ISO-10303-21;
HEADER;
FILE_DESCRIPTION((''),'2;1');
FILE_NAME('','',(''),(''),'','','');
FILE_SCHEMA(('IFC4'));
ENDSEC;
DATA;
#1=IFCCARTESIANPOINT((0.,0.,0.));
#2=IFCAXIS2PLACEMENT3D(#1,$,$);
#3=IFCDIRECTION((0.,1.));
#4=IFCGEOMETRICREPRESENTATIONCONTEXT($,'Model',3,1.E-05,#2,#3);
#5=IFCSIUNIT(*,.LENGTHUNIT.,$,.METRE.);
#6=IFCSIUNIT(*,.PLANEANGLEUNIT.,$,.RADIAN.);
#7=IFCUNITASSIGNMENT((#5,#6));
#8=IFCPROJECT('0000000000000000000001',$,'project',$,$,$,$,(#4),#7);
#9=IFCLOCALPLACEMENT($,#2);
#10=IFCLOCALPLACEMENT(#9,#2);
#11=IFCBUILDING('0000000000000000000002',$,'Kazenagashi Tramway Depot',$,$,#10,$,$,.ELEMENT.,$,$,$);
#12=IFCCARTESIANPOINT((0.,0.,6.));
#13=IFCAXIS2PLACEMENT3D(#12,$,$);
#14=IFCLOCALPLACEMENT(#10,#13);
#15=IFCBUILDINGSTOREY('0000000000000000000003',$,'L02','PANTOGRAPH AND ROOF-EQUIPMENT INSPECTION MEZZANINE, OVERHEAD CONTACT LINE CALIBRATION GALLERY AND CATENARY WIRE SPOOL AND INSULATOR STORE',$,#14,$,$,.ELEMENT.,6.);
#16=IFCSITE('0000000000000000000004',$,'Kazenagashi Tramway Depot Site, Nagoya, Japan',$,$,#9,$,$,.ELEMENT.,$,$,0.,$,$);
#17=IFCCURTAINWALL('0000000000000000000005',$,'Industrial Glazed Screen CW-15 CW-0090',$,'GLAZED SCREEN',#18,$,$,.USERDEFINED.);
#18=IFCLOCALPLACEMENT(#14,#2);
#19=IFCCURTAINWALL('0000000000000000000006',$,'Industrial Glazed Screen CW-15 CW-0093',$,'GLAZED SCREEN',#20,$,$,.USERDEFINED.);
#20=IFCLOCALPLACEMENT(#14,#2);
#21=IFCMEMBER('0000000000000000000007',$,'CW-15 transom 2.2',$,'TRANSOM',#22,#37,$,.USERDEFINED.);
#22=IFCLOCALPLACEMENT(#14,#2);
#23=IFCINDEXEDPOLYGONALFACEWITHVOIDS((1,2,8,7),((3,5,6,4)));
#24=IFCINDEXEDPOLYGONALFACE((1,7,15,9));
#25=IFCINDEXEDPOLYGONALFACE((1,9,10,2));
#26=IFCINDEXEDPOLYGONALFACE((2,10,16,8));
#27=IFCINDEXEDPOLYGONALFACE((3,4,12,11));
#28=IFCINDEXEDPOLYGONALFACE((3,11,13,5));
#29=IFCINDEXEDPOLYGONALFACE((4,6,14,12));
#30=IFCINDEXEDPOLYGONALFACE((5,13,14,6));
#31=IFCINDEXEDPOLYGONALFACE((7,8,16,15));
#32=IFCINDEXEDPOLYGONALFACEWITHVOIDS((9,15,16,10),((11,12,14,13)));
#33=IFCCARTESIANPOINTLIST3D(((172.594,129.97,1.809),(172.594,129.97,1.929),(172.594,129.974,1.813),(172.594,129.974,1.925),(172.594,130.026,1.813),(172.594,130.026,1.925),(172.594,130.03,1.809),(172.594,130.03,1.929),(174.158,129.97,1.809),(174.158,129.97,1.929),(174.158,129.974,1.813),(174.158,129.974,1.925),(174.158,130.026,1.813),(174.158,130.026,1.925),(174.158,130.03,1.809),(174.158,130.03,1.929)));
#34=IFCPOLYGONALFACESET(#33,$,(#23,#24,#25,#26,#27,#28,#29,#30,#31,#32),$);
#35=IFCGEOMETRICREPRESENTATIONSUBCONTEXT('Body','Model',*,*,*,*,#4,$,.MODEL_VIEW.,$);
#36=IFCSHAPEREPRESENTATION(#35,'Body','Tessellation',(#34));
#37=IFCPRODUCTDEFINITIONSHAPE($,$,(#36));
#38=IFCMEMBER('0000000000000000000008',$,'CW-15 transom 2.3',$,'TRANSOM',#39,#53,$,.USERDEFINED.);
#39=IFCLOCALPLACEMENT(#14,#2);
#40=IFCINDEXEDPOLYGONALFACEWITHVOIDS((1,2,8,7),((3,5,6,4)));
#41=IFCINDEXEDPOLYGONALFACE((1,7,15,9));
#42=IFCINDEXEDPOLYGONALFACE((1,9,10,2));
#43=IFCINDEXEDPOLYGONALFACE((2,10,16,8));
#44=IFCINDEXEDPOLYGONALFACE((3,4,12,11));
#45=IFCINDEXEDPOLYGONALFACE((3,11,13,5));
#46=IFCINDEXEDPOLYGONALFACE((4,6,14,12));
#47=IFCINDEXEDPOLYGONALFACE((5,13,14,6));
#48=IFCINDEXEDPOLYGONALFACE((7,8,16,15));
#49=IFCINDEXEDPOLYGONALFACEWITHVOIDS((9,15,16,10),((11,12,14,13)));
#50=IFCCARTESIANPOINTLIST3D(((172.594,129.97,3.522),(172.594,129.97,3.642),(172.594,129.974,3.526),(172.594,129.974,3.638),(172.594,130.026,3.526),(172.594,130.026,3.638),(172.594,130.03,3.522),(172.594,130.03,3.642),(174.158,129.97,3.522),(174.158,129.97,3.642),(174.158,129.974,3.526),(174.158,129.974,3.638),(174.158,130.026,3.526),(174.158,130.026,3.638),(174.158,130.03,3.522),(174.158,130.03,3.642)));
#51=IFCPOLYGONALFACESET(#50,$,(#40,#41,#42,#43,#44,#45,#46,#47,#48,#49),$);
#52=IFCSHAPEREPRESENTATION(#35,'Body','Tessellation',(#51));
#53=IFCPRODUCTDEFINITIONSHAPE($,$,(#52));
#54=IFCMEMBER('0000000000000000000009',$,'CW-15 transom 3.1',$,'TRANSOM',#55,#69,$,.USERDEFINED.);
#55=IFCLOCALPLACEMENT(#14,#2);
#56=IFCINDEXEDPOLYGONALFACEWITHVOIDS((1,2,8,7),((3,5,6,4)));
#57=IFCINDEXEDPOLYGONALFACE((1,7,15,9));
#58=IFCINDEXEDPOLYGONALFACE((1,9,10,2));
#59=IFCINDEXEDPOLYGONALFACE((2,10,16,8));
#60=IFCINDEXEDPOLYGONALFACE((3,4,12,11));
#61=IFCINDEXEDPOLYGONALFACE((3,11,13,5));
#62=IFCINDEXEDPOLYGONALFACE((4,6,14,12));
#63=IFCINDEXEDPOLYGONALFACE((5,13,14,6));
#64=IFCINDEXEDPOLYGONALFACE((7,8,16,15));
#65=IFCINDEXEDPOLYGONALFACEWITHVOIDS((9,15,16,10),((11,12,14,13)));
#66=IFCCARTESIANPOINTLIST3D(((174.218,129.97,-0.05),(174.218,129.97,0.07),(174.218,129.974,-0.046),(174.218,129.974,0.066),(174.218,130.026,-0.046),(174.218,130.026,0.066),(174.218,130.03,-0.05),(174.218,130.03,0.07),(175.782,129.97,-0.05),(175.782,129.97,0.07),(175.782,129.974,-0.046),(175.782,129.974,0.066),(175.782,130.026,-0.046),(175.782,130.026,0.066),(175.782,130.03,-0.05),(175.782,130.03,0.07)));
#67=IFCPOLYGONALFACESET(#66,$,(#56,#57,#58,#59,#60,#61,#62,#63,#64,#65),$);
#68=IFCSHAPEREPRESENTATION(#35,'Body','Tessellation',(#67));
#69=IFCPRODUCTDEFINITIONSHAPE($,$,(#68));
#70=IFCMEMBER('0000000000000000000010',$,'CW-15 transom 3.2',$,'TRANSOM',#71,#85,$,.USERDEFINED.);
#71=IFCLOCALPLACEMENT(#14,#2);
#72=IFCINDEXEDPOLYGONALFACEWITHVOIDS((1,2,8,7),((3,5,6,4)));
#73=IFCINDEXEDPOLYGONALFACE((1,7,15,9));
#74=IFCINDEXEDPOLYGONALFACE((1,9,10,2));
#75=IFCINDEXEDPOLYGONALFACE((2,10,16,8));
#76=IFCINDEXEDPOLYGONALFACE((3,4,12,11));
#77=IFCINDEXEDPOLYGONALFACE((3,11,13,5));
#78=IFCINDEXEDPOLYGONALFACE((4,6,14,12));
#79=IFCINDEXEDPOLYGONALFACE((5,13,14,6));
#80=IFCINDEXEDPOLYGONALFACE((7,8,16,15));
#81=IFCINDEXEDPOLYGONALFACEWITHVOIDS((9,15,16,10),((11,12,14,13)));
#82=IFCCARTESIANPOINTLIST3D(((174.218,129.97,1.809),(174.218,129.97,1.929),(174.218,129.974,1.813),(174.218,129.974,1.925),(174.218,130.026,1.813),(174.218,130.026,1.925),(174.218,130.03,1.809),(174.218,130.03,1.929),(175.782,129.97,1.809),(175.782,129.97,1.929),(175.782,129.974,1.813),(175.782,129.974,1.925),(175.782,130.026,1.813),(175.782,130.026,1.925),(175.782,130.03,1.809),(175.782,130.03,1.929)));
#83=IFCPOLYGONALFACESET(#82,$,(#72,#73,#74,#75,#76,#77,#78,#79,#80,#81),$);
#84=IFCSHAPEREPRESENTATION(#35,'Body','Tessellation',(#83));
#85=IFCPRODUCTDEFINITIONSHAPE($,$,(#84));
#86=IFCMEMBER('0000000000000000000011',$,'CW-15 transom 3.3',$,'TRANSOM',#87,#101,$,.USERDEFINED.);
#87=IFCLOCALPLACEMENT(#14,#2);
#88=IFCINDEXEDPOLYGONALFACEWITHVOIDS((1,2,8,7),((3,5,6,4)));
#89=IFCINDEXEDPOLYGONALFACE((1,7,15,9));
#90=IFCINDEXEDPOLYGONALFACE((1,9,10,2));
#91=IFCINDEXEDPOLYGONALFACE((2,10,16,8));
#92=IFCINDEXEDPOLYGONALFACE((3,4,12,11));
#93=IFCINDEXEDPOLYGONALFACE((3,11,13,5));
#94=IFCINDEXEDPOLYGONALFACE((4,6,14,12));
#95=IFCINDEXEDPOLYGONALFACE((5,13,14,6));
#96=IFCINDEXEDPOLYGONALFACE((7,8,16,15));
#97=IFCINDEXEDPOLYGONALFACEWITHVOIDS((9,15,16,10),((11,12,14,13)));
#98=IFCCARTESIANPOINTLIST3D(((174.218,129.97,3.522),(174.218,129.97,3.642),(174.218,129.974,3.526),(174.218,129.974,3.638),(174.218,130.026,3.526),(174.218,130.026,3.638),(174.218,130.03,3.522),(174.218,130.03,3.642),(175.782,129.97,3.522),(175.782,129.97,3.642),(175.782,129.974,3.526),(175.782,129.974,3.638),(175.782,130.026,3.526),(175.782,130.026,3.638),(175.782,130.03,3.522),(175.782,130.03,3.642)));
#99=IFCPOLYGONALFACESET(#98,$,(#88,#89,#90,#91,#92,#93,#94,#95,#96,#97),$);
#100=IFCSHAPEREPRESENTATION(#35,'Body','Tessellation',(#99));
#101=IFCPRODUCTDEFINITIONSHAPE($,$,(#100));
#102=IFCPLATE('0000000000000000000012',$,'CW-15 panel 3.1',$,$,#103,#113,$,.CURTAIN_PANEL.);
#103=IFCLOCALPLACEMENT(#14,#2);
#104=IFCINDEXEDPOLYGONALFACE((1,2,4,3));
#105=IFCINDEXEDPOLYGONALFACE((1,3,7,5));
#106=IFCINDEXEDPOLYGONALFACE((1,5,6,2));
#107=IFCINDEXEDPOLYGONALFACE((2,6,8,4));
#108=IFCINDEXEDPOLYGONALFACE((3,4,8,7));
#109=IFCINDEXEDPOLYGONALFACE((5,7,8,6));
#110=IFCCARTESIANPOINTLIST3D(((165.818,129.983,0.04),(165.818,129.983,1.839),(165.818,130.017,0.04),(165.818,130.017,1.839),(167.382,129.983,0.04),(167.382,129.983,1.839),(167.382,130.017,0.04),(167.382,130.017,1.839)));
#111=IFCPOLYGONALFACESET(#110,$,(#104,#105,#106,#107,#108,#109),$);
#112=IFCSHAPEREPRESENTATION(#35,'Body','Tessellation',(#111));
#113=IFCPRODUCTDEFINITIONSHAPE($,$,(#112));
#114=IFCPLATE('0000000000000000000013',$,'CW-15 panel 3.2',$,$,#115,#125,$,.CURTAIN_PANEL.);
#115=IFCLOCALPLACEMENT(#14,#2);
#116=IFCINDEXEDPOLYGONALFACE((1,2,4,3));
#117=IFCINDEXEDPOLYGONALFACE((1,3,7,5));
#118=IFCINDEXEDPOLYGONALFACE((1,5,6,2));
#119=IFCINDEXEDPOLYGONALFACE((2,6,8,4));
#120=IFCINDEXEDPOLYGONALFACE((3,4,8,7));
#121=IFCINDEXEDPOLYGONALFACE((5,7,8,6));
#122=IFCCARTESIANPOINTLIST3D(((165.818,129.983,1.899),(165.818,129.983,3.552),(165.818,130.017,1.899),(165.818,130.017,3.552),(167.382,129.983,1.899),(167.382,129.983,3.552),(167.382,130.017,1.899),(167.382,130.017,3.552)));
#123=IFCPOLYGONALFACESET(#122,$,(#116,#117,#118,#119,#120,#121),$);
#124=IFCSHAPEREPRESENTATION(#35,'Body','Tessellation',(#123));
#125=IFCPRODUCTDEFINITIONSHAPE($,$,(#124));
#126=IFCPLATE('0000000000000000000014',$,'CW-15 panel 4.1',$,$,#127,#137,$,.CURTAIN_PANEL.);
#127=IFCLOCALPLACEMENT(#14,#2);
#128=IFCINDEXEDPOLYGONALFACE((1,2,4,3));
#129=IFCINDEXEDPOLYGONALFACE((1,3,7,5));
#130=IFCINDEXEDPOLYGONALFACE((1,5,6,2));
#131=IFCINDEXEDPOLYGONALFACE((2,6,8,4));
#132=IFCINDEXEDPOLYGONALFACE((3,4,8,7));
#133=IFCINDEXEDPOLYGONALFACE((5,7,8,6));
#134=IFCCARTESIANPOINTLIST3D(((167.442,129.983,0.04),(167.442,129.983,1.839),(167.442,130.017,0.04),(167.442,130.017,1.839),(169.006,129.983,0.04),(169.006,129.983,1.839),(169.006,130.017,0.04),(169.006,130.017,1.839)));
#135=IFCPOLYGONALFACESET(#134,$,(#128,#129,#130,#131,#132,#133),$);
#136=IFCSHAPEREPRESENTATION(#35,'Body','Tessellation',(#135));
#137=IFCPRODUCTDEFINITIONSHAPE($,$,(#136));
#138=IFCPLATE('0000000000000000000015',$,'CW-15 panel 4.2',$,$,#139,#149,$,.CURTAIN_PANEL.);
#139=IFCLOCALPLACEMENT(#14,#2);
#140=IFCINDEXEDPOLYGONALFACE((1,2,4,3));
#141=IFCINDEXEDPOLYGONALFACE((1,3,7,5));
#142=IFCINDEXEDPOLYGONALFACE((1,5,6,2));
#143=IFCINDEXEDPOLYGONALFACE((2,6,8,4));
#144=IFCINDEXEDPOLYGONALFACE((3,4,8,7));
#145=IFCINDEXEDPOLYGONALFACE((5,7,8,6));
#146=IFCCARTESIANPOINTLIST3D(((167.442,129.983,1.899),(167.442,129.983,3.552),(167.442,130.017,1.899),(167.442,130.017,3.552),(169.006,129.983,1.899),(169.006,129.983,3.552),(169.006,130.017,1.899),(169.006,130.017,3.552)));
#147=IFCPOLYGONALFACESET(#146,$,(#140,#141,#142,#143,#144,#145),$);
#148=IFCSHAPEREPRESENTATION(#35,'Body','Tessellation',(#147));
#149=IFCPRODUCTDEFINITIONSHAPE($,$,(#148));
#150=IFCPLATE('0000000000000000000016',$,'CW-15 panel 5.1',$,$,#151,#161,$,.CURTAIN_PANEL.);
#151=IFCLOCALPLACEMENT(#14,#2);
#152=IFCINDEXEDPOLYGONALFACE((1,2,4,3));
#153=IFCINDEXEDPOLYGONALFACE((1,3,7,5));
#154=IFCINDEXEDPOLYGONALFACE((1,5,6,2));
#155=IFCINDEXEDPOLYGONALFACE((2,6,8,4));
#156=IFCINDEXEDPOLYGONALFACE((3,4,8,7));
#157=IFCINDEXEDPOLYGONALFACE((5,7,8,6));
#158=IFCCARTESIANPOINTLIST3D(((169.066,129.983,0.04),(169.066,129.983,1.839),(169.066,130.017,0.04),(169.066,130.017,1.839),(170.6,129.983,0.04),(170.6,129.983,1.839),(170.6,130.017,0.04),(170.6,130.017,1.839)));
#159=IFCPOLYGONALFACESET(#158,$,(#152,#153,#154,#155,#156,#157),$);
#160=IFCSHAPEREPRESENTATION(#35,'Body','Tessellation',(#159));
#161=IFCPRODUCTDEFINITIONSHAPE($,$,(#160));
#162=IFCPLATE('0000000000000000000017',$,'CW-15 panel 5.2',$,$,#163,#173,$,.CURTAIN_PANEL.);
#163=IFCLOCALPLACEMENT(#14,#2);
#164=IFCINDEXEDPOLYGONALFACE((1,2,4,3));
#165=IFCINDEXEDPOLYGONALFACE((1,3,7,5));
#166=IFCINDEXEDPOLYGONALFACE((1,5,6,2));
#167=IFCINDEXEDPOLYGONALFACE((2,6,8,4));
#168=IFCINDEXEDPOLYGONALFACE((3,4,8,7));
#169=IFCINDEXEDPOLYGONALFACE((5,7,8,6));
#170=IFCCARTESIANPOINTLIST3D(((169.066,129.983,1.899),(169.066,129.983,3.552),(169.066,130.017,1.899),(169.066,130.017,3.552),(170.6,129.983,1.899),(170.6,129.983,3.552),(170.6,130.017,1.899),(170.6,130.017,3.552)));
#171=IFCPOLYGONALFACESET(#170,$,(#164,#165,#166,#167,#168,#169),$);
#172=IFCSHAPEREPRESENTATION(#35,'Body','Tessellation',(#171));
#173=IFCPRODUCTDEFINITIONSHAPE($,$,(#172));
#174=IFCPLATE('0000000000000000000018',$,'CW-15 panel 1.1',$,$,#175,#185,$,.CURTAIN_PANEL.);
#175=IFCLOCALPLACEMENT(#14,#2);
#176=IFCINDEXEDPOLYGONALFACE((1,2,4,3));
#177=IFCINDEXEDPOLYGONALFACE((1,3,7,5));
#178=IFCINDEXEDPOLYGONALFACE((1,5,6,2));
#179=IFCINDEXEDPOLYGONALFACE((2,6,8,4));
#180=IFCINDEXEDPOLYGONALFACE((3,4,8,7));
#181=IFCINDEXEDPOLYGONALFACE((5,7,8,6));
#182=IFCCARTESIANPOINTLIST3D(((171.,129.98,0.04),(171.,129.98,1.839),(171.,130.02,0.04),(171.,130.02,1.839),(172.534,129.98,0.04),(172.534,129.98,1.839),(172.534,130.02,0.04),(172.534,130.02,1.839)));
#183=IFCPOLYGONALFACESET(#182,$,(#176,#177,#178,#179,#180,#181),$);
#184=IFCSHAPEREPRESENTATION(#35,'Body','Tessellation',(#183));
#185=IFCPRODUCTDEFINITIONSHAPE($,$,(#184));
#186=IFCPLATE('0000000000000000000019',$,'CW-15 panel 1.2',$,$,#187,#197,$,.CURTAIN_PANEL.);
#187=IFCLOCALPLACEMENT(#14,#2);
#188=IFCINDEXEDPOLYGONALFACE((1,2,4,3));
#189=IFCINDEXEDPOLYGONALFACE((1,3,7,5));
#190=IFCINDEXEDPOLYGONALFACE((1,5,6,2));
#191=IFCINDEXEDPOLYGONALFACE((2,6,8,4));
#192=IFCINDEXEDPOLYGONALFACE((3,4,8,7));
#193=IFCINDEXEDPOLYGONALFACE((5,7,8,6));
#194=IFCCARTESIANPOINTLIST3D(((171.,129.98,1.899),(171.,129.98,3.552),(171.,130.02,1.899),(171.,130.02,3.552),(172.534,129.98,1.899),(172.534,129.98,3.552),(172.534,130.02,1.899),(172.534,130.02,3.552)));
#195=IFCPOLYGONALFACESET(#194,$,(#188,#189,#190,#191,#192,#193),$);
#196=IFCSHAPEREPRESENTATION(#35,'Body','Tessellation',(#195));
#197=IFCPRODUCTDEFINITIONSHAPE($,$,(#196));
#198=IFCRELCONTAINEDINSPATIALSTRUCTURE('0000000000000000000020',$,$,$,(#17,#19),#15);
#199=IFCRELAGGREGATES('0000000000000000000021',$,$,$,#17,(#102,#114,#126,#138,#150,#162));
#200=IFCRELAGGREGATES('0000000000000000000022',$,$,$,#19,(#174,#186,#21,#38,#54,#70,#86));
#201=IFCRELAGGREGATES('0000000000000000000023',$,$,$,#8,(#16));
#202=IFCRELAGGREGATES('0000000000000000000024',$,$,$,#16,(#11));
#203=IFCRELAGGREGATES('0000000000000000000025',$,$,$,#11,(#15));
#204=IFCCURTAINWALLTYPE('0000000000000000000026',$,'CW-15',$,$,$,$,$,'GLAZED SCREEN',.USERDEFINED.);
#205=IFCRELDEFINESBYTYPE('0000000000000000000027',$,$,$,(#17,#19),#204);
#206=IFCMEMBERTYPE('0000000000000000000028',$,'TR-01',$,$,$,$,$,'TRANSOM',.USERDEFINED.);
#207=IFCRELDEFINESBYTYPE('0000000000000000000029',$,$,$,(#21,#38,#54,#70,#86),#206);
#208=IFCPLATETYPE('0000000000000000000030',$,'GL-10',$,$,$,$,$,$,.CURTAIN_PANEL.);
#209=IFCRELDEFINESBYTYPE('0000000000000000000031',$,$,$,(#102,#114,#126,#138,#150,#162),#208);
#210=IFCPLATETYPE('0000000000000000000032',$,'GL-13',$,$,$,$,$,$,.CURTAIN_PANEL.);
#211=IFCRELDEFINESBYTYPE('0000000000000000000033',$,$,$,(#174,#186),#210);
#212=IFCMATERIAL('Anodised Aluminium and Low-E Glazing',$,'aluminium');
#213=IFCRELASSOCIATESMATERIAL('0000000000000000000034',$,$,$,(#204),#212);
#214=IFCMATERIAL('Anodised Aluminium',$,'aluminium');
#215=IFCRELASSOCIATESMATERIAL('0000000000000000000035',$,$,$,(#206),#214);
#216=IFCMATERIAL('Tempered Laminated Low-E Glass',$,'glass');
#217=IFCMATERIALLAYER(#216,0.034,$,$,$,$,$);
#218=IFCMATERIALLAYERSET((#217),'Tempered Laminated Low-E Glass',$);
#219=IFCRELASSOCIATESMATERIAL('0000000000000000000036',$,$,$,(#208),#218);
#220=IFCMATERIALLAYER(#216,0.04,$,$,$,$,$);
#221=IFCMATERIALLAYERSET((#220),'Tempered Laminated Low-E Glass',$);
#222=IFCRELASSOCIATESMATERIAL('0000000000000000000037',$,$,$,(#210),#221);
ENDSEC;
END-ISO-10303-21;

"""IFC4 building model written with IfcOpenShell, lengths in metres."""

from ifc_helpers import new_model, si_unit, direction, frame, origin, origin_2d, place, context, subcontext, project, spatial, rectangle, hollow_rectangle, extrude, material, layer, layer_set, material_profile, profile_set, type_object, element, aggregate, save


model = new_model("IFC4")

# Units and contexts
model_context = context("Model", 3, precision=1e-05, world=origin(), true_north=direction((0.0, 1.0)))
body_context = subcontext(model_context, "Body", "Model", "MODEL_VIEW")
ifc_project = project(units=[si_unit("LENGTHUNIT", "METRE"), si_unit("PLANEANGLEUNIT", "RADIAN")], contexts=[model_context])

# Site, building, storey
site_placement = place(None, origin())
site = spatial("IfcSite", under=ifc_project, at=site_placement, Name="Kazenagashi Tramway Depot Site, Nagoya, Japan", CompositionType="ELEMENT", RefElevation=0.0)
building_placement = place(site_placement, origin())
building = spatial("IfcBuilding", under=site, at=building_placement, Name="Kazenagashi Tramway Depot", CompositionType="ELEMENT")
storey_placement = place(building_placement, frame((0.0, 0.0, 6.0)))
storey = spatial("IfcBuildingStorey", under=building, at=storey_placement, Name="L02", Description="PANTOGRAPH AND ROOF-EQUIPMENT INSPECTION MEZZANINE, OVERHEAD CONTACT LINE CALIBRATION GALLERY AND CATENARY WIRE SPOOL AND INSULATOR STORE", CompositionType="ELEMENT", Elevation=6.0)

# Curtain walls
ifc_material_1 = material(Name="Anodised Aluminium and Low-E Glazing", Category="aluminium")
curtain_wall_type = type_object("IfcCurtainWallType", Name="CW-15", ElementType="GLAZED SCREEN", PredefinedType="USERDEFINED", material=ifc_material_1)
curtain_wall_1_placement = place(storey_placement, origin())
curtain_wall_1 = element("IfcCurtainWall", 1, at=curtain_wall_1_placement, inside=storey, type_object=curtain_wall_type, Name="Industrial Glazed Screen CW-15 CW-0090", ObjectType="GLAZED SCREEN", PredefinedType="USERDEFINED")
ifc_material_2 = material(Name="Anodised Aluminium", Category="aluminium")
curtain_wall_2_placement = place(storey_placement, origin())
curtain_wall_2 = element("IfcCurtainWall", 2, at=curtain_wall_2_placement, inside=storey, type_object=curtain_wall_type, Name="Industrial Glazed Screen CW-15 CW-0093", ObjectType="GLAZED SCREEN", PredefinedType="USERDEFINED")

# Members
ifc_material_profile_1 = material_profile(ifc_material_2, hollow_rectangle(XDim=0.06, YDim=0.12, WallThickness=0.004, at=origin_2d()), Name="RHS-120x60x4")
ifc_profile_set_1 = profile_set([ifc_material_profile_1], Name="Anodised Aluminium")
member_type_1 = type_object("IfcMemberType", Name="TR-01", ElementType="TRANSOM", PredefinedType="USERDEFINED", material=ifc_profile_set_1)
member_1_placement = place(storey_placement, frame((172.594, 130.0, 1.869), z_axis=(1.0, 0.0, 0.0), x_axis=(0.0, 1.0, 0.0)))
member_1 = element("IfcMember", 3, at=member_1_placement, type_object=member_type_1, Name="CW-15 transom 2.2", ObjectType="TRANSOM", PredefinedType="USERDEFINED", context=body_context, shape_type="SweptSolid", body=[
    extrude(hollow_rectangle(XDim=0.06, YDim=0.12, WallThickness=0.004, at=origin_2d()), origin(), (0.0, 0.0, 1.0), 1.564),
])
member_2_placement = place(storey_placement, frame((172.594, 130.0, 3.582), z_axis=(1.0, 0.0, 0.0), x_axis=(0.0, 1.0, 0.0)))
member_2 = element("IfcMember", 4, at=member_2_placement, type_object=member_type_1, Name="CW-15 transom 2.3", ObjectType="TRANSOM", PredefinedType="USERDEFINED", context=body_context, shape_type="SweptSolid", body=[
    extrude(hollow_rectangle(XDim=0.06, YDim=0.12, WallThickness=0.004, at=origin_2d()), origin(), (0.0, 0.0, 1.0), 1.564),
])
member_3_placement = place(storey_placement, frame((174.218, 130.0, 0.01), z_axis=(1.0, 0.0, 0.0), x_axis=(0.0, 1.0, 0.0)))
member_3 = element("IfcMember", 5, at=member_3_placement, type_object=member_type_1, Name="CW-15 transom 3.1", ObjectType="TRANSOM", PredefinedType="USERDEFINED", context=body_context, shape_type="SweptSolid", body=[
    extrude(hollow_rectangle(XDim=0.06, YDim=0.12, WallThickness=0.004, at=origin_2d()), origin(), (0.0, 0.0, 1.0), 1.564),
])
member_4_placement = place(storey_placement, frame((174.218, 130.0, 1.869), z_axis=(1.0, 0.0, 0.0), x_axis=(0.0, 1.0, 0.0)))
member_4 = element("IfcMember", 6, at=member_4_placement, type_object=member_type_1, Name="CW-15 transom 3.2", ObjectType="TRANSOM", PredefinedType="USERDEFINED", context=body_context, shape_type="SweptSolid", body=[
    extrude(hollow_rectangle(XDim=0.06, YDim=0.12, WallThickness=0.004, at=origin_2d()), origin(), (0.0, 0.0, 1.0), 1.564),
])
member_5_placement = place(storey_placement, frame((174.218, 130.0, 3.582), z_axis=(1.0, 0.0, 0.0), x_axis=(0.0, 1.0, 0.0)))
member_5 = element("IfcMember", 7, at=member_5_placement, type_object=member_type_1, Name="CW-15 transom 3.3", ObjectType="TRANSOM", PredefinedType="USERDEFINED", context=body_context, shape_type="SweptSolid", body=[
    extrude(hollow_rectangle(XDim=0.06, YDim=0.12, WallThickness=0.004, at=origin_2d()), origin(), (0.0, 0.0, 1.0), 1.564),
])

# Plates
ifc_material_3 = material(Name="Tempered Laminated Low-E Glass", Category="glass")
ifc_layer_1 = layer(ifc_material_3, 0.034)
ifc_layer_set_1 = layer_set([ifc_layer_1], Name="Tempered Laminated Low-E Glass")
plate_type_1 = type_object("IfcPlateType", Name="GL-10", PredefinedType="CURTAIN_PANEL", material=ifc_layer_set_1)
plate_1_placement = place(storey_placement, frame((166.6, 130.0, 0.04), z_axis=(0.0, 0.0, 1.0), x_axis=(1.0, 0.0, 0.0)))
plate_1 = element("IfcPlate", 8, at=plate_1_placement, type_object=plate_type_1, Name="CW-15 panel 3.1", PredefinedType="CURTAIN_PANEL", context=body_context, shape_type="SweptSolid", body=[
    extrude(rectangle(XDim=1.564, YDim=0.034, at=origin_2d()), origin(), (0.0, 0.0, 1.0), 1.799),
])
plate_2_placement = place(storey_placement, frame((166.6, 130.0, 1.899), z_axis=(0.0, 0.0, 1.0), x_axis=(1.0, 0.0, 0.0)))
plate_2 = element("IfcPlate", 9, at=plate_2_placement, type_object=plate_type_1, Name="CW-15 panel 3.2", PredefinedType="CURTAIN_PANEL", context=body_context, shape_type="SweptSolid", body=[
    extrude(rectangle(XDim=1.564, YDim=0.034, at=origin_2d()), origin(), (0.0, 0.0, 1.0), 1.653),
])
plate_3_placement = place(storey_placement, frame((168.224, 130.0, 0.04), z_axis=(0.0, 0.0, 1.0), x_axis=(1.0, 0.0, 0.0)))
plate_3 = element("IfcPlate", 10, at=plate_3_placement, type_object=plate_type_1, Name="CW-15 panel 4.1", PredefinedType="CURTAIN_PANEL", context=body_context, shape_type="SweptSolid", body=[
    extrude(rectangle(XDim=1.564, YDim=0.034, at=origin_2d()), origin(), (0.0, 0.0, 1.0), 1.799),
])
plate_4_placement = place(storey_placement, frame((168.224, 130.0, 1.899), z_axis=(0.0, 0.0, 1.0), x_axis=(1.0, 0.0, 0.0)))
plate_4 = element("IfcPlate", 11, at=plate_4_placement, type_object=plate_type_1, Name="CW-15 panel 4.2", PredefinedType="CURTAIN_PANEL", context=body_context, shape_type="SweptSolid", body=[
    extrude(rectangle(XDim=1.564, YDim=0.034, at=origin_2d()), origin(), (0.0, 0.0, 1.0), 1.653),
])
plate_5_placement = place(storey_placement, frame((169.833, 130.0, 0.04), z_axis=(0.0, 0.0, 1.0), x_axis=(1.0, 0.0, 0.0)))
plate_5 = element("IfcPlate", 12, at=plate_5_placement, type_object=plate_type_1, Name="CW-15 panel 5.1", PredefinedType="CURTAIN_PANEL", context=body_context, shape_type="SweptSolid", body=[
    extrude(rectangle(XDim=1.534, YDim=0.034, at=origin_2d()), origin(), (0.0, 0.0, 1.0), 1.799),
])
plate_6_placement = place(storey_placement, frame((169.833, 130.0, 1.899), z_axis=(0.0, 0.0, 1.0), x_axis=(1.0, 0.0, 0.0)))
plate_6 = element("IfcPlate", 13, at=plate_6_placement, type_object=plate_type_1, Name="CW-15 panel 5.2", PredefinedType="CURTAIN_PANEL", context=body_context, shape_type="SweptSolid", body=[
    extrude(rectangle(XDim=1.534, YDim=0.034, at=origin_2d()), origin(), (0.0, 0.0, 1.0), 1.653),
])
aggregate(curtain_wall_1, [plate_1, plate_2, plate_3, plate_4, plate_5, plate_6])
ifc_layer_2 = layer(ifc_material_3, 0.04)
ifc_layer_set_2 = layer_set([ifc_layer_2], Name="Tempered Laminated Low-E Glass")
plate_type_2 = type_object("IfcPlateType", Name="GL-13", PredefinedType="CURTAIN_PANEL", material=ifc_layer_set_2)
plate_7_placement = place(storey_placement, frame((171.767, 130.0, 0.04), z_axis=(0.0, 0.0, 1.0), x_axis=(1.0, 0.0, 0.0)))
plate_7 = element("IfcPlate", 14, at=plate_7_placement, type_object=plate_type_2, Name="CW-15 panel 1.1", PredefinedType="CURTAIN_PANEL", context=body_context, shape_type="SweptSolid", body=[
    extrude(rectangle(XDim=1.534, YDim=0.04, at=origin_2d()), origin(), (0.0, 0.0, 1.0), 1.799),
])
plate_8_placement = place(storey_placement, frame((171.767, 130.0, 1.899), z_axis=(0.0, 0.0, 1.0), x_axis=(1.0, 0.0, 0.0)))
plate_8 = element("IfcPlate", 15, at=plate_8_placement, type_object=plate_type_2, Name="CW-15 panel 1.2", PredefinedType="CURTAIN_PANEL", context=body_context, shape_type="SweptSolid", body=[
    extrude(rectangle(XDim=1.534, YDim=0.04, at=origin_2d()), origin(), (0.0, 0.0, 1.0), 1.653),
])
aggregate(curtain_wall_2, [plate_7, plate_8, member_1, member_2, member_3, member_4, member_5])

save(model, "model.ifc")
